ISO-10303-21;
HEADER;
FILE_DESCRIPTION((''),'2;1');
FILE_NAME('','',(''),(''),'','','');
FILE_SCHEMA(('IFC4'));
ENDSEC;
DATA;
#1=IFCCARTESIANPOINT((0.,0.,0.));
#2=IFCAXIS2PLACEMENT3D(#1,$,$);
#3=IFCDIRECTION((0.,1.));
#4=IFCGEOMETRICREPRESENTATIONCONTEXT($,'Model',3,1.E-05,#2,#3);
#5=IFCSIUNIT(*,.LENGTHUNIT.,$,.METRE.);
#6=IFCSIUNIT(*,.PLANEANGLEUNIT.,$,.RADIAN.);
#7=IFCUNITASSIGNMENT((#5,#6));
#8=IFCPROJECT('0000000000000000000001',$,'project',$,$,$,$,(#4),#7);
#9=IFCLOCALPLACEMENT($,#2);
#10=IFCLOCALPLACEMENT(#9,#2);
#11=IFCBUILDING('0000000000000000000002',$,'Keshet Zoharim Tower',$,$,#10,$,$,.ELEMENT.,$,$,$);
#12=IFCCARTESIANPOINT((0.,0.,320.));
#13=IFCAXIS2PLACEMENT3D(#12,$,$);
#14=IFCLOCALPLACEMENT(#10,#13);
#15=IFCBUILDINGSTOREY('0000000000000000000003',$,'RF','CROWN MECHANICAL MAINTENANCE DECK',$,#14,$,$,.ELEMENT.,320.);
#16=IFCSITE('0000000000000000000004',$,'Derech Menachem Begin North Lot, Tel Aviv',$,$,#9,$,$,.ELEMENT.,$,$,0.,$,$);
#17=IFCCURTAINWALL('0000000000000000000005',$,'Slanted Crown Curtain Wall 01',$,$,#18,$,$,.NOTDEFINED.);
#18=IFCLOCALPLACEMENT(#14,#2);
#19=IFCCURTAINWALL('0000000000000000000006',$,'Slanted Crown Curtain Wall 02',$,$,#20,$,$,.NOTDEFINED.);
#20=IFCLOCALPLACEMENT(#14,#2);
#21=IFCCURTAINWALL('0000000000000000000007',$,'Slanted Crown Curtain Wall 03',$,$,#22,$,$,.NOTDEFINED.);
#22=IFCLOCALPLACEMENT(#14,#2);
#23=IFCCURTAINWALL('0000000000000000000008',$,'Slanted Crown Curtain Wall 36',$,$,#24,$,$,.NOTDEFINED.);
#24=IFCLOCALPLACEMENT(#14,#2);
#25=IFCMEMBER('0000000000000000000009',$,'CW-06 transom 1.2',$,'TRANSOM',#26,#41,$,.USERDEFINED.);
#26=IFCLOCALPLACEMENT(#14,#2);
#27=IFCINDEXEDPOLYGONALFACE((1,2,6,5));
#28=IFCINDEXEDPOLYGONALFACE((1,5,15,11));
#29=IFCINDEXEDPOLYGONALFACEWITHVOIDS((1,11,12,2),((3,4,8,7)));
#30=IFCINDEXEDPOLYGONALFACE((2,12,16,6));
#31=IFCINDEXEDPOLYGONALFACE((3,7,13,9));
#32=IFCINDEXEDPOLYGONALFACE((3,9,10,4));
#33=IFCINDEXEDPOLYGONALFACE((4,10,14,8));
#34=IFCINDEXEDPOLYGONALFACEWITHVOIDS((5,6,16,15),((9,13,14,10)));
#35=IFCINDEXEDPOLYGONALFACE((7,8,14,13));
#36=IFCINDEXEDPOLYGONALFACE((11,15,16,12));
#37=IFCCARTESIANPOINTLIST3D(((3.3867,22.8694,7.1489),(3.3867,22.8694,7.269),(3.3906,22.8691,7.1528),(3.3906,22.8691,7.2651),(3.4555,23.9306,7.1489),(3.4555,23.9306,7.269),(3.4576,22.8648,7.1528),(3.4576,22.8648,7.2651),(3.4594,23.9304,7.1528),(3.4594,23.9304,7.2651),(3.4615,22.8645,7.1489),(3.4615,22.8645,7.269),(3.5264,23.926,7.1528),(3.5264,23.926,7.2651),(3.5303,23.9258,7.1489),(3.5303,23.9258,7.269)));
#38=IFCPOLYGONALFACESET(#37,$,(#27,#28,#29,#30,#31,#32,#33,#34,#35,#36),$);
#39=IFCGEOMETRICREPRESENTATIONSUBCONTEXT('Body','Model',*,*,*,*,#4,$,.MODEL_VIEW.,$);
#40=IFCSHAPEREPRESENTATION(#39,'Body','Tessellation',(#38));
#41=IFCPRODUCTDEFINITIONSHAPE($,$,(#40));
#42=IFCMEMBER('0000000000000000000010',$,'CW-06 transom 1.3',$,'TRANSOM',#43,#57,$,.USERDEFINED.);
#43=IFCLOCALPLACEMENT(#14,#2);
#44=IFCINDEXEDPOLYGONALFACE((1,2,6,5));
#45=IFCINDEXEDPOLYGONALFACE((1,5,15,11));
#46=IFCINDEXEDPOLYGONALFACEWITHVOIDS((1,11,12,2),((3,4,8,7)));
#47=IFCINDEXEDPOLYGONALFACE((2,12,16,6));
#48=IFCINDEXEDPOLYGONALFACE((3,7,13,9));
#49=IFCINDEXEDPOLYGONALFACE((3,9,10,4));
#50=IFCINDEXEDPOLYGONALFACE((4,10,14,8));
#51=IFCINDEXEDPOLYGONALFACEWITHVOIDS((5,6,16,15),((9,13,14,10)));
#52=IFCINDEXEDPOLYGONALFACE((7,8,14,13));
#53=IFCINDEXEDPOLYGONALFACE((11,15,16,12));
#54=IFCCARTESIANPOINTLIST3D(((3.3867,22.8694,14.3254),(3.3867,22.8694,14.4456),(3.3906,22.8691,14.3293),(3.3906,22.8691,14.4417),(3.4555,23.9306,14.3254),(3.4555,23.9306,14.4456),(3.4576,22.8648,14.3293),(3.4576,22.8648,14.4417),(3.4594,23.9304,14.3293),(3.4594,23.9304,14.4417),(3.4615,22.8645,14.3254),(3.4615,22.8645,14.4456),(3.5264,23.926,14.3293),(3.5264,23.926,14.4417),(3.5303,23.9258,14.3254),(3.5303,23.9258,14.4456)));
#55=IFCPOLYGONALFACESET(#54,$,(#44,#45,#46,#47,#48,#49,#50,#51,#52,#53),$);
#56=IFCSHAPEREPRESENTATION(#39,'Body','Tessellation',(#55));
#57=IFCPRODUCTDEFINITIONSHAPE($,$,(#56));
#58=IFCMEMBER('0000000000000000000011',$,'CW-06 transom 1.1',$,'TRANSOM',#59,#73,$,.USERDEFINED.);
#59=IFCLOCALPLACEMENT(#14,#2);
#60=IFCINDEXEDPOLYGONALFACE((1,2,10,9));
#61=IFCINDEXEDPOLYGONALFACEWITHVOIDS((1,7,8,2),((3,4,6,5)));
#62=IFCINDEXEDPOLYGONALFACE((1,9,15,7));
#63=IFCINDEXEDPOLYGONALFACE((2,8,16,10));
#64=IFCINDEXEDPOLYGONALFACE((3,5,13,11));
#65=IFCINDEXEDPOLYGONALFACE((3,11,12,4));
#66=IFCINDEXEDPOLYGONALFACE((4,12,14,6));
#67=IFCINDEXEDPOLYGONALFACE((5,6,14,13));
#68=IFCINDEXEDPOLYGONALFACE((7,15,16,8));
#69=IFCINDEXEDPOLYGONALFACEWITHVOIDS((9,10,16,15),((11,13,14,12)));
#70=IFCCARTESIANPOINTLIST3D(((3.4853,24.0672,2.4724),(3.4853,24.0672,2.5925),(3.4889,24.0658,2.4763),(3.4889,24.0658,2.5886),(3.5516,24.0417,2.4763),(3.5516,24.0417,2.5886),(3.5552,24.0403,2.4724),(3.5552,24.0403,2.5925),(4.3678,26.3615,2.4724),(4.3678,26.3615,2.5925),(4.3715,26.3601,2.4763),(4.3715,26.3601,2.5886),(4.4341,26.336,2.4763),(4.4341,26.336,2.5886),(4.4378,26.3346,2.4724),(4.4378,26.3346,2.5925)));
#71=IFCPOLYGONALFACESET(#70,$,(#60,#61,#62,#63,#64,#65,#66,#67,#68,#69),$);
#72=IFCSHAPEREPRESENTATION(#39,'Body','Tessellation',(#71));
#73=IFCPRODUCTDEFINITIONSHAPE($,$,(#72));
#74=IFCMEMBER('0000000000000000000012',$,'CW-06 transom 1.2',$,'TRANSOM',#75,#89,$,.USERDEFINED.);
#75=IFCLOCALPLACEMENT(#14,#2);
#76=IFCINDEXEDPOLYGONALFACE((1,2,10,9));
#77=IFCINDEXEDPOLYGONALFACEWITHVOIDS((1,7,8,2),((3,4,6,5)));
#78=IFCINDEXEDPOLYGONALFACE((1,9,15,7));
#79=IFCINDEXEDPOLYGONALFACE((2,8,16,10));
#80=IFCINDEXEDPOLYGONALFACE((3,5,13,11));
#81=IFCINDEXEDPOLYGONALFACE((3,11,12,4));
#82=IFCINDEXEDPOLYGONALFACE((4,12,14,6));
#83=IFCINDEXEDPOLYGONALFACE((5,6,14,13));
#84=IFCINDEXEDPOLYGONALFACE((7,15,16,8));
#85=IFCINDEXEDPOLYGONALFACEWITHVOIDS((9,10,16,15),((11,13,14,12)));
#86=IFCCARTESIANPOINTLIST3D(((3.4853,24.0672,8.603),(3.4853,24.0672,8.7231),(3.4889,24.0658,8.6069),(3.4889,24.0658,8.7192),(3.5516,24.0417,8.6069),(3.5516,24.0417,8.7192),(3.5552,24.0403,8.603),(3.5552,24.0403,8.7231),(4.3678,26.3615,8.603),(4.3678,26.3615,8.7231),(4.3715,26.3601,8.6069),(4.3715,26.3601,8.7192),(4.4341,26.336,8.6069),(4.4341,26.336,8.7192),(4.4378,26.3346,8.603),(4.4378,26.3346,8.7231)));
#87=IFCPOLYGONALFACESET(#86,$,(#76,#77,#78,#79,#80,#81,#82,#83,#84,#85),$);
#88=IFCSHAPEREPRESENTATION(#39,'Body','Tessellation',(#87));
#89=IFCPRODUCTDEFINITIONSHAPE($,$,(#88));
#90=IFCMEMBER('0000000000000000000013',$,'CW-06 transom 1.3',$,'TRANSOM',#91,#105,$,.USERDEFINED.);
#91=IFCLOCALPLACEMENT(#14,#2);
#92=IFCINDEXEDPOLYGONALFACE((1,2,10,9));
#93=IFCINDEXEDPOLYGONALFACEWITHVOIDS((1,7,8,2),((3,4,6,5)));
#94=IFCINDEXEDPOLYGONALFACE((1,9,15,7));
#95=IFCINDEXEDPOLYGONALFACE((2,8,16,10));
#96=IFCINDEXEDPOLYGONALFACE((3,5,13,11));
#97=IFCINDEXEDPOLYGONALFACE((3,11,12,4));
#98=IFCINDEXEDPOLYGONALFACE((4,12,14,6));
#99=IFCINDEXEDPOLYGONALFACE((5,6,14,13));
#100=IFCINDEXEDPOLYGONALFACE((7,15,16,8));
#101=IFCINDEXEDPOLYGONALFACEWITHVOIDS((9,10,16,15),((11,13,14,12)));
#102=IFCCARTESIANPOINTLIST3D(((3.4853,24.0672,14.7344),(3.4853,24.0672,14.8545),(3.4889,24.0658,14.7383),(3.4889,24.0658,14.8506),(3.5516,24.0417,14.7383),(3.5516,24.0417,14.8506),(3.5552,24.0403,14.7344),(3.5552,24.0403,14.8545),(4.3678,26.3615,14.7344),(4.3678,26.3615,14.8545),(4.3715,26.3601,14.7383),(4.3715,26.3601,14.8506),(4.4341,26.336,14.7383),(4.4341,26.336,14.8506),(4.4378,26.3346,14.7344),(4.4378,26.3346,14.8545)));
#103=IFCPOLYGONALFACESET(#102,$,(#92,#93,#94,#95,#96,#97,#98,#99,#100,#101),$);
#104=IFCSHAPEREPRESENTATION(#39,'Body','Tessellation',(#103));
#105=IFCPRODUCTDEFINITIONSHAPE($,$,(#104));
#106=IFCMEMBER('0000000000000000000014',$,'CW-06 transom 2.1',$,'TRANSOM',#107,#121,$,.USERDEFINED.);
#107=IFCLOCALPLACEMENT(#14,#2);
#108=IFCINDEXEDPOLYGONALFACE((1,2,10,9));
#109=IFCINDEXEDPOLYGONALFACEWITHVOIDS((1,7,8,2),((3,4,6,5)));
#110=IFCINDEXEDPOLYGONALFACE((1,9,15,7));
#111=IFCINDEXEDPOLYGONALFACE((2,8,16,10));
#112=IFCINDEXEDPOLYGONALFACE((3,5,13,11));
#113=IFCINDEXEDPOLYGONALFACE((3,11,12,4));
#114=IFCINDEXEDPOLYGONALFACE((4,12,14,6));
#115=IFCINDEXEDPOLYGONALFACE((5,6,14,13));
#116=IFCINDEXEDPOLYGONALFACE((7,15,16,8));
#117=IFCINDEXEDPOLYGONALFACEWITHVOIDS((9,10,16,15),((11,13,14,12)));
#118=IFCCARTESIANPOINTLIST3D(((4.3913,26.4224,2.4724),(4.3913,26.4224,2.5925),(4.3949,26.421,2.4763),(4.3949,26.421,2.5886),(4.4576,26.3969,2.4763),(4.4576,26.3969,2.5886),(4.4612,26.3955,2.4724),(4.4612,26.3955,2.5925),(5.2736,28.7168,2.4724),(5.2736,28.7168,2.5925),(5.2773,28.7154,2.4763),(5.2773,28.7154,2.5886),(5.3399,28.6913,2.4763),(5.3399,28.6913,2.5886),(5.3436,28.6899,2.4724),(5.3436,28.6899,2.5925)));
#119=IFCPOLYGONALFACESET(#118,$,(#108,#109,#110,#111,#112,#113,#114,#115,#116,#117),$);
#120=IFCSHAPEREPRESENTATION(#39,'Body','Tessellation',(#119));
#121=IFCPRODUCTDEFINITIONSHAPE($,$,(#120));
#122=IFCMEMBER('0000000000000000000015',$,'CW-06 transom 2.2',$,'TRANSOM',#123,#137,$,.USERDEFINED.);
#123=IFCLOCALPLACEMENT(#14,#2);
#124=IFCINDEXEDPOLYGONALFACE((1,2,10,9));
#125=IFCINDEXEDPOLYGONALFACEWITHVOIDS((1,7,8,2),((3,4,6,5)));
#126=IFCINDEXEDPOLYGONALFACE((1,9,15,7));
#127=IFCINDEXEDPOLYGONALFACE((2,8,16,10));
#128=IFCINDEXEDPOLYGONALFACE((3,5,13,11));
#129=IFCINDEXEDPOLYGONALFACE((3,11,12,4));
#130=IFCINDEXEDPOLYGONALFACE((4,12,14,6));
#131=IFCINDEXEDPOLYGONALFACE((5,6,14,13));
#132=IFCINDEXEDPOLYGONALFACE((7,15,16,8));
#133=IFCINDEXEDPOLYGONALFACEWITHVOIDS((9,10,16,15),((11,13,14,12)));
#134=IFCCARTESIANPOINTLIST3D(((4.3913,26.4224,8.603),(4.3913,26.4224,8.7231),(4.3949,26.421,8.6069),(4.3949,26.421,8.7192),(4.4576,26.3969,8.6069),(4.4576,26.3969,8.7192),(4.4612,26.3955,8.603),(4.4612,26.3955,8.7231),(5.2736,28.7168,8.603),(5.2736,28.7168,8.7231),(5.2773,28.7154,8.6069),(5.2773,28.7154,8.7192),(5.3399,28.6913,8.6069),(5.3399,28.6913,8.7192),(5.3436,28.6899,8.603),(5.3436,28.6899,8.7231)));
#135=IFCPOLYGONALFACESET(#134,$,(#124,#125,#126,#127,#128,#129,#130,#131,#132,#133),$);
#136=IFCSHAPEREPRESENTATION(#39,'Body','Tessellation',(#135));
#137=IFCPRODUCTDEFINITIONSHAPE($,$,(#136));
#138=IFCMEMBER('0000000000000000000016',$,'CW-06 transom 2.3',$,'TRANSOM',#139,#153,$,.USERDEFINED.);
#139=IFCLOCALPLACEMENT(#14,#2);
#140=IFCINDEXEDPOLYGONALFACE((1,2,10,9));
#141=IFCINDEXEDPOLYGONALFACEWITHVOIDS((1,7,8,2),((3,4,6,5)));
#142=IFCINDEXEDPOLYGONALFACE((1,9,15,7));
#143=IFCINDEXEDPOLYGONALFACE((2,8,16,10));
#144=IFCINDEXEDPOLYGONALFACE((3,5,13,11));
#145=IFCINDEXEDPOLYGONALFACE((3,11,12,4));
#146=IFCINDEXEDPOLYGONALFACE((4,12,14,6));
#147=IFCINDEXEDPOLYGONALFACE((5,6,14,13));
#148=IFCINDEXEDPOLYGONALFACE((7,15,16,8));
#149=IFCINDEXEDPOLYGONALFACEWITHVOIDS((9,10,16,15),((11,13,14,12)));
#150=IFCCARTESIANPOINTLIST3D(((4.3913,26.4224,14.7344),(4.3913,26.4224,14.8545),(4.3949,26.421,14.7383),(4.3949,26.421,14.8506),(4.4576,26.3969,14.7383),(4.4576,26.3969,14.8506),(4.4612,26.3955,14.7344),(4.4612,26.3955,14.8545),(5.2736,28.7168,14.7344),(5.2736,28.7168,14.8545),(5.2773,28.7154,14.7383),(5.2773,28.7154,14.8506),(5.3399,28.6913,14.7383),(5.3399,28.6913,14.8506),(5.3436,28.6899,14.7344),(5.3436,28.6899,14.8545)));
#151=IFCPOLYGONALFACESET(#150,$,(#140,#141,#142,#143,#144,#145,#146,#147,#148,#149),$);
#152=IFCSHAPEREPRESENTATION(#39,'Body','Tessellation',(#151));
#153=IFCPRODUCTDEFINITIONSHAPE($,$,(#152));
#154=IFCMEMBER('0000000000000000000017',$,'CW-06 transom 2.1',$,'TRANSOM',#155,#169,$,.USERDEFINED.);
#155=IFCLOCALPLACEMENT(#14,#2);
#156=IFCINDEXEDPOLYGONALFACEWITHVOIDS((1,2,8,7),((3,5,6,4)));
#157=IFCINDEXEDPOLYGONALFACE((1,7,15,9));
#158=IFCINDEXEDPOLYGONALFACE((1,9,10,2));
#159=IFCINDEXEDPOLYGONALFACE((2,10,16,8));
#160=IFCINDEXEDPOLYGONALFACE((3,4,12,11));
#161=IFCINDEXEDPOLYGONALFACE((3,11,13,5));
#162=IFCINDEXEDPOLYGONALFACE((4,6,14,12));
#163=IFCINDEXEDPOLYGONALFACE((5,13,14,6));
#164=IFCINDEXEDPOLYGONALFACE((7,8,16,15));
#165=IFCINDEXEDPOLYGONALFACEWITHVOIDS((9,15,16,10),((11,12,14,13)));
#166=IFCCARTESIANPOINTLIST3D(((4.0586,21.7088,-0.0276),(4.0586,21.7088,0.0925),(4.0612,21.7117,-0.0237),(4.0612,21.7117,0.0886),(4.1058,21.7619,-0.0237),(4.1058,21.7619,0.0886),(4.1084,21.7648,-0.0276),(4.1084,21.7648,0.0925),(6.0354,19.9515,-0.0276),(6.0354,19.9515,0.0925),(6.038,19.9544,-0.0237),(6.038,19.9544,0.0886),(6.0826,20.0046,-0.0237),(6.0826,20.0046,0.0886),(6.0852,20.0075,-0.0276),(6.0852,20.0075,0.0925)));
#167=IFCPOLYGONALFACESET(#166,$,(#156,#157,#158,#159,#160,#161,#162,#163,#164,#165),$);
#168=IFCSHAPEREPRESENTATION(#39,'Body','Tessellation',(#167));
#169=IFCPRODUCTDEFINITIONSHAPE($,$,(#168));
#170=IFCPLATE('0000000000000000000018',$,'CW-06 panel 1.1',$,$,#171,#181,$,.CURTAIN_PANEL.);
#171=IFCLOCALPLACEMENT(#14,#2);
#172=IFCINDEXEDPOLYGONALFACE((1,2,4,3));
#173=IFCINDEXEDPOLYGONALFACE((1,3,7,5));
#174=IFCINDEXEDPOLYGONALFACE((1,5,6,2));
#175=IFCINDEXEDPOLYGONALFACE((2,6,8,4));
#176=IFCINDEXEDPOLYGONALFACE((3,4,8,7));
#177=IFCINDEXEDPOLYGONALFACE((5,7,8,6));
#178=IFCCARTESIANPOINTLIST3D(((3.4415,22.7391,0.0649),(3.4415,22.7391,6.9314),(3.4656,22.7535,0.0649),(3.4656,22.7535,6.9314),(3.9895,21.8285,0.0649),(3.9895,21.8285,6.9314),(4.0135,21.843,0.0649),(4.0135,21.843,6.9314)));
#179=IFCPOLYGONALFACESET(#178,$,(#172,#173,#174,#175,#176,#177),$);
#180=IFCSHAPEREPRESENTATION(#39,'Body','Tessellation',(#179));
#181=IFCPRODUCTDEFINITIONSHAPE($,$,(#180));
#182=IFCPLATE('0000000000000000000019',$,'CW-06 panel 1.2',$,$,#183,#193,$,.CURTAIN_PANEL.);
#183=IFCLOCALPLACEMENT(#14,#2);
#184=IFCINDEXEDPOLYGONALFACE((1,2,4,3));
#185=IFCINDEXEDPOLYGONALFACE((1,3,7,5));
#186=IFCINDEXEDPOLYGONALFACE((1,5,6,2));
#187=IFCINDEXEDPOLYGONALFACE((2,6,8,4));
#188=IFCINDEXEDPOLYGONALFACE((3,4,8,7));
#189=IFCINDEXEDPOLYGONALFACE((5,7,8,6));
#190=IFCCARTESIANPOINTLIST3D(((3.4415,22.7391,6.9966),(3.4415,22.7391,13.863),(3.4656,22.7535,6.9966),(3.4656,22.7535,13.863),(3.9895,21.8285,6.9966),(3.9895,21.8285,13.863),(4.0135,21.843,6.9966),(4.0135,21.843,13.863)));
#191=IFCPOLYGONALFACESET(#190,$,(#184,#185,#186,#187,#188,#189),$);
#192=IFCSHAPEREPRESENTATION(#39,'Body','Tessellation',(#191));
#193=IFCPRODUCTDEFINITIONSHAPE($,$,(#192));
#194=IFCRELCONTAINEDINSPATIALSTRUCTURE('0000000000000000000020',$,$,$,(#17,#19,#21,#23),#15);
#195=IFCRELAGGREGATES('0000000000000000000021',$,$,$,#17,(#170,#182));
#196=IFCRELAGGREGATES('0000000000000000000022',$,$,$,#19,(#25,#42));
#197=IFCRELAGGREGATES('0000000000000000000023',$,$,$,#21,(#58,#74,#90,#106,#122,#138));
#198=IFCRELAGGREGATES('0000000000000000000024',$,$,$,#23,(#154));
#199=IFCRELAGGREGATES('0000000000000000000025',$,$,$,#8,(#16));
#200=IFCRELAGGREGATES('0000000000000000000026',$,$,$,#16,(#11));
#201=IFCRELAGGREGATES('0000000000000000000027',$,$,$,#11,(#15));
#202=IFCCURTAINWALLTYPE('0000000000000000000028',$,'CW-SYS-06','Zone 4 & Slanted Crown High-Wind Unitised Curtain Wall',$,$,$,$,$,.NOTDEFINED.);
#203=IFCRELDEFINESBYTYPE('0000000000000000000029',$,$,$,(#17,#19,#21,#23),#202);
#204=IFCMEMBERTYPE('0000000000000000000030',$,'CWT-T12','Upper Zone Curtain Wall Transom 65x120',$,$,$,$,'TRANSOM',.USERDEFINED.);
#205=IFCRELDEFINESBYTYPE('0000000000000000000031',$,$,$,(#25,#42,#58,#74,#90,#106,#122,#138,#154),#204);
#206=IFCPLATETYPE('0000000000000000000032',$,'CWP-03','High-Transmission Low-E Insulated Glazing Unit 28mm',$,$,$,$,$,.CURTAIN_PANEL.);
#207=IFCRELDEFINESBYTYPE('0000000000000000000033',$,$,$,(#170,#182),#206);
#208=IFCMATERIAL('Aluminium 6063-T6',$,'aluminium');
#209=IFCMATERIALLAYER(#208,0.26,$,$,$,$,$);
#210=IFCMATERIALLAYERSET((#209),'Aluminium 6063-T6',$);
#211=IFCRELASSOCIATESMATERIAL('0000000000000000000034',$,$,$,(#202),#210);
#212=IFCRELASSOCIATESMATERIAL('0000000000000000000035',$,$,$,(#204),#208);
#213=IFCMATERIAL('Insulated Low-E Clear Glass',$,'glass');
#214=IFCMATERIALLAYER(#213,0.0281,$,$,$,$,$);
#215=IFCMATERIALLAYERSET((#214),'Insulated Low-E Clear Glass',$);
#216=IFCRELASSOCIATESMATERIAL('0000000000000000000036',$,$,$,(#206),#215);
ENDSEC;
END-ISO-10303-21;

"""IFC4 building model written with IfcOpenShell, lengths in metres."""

from ifc_helpers import new_model, si_unit, direction, frame, origin, origin_2d, place, context, subcontext, project, spatial, rectangle, hollow_rectangle, extrude, material, layer, layer_set, material_profile, profile_set, type_object, element, aggregate, save


model = new_model("IFC4")

# Units and contexts
model_context = context("Model", 3, precision=1e-05, world=origin(), true_north=direction((0.0, 1.0)))
body_context = subcontext(model_context, "Body", "Model", "MODEL_VIEW")
ifc_project = project(units=[si_unit("LENGTHUNIT", "METRE"), si_unit("PLANEANGLEUNIT", "RADIAN")], contexts=[model_context])

# Site, building, storey
site_placement = place(None, origin())
site = spatial("IfcSite", under=ifc_project, at=site_placement, Name="Derech Menachem Begin North Lot, Tel Aviv", CompositionType="ELEMENT", RefElevation=0.0)
building_placement = place(site_placement, origin())
building = spatial("IfcBuilding", under=site, at=building_placement, Name="Keshet Zoharim Tower", CompositionType="ELEMENT")
storey_placement = place(building_placement, frame((0.0, 0.0, 320.0)))
storey = spatial("IfcBuildingStorey", under=building, at=storey_placement, Name="RF", Description="CROWN MECHANICAL MAINTENANCE DECK", CompositionType="ELEMENT", Elevation=320.0)

# Curtain walls
ifc_material_1 = material(Name="Aluminium 6063-T6", Category="aluminium")
ifc_layer_1 = layer(ifc_material_1, 0.26)
ifc_layer_set_1 = layer_set([ifc_layer_1], Name="Aluminium 6063-T6")
curtain_wall_type = type_object("IfcCurtainWallType", Name="CW-SYS-06", Description="Zone 4 & Slanted Crown High-Wind Unitised Curtain Wall", PredefinedType="NOTDEFINED", material=ifc_layer_set_1)
curtain_wall_1_placement = place(storey_placement, origin())
curtain_wall_1 = element("IfcCurtainWall", 1, at=curtain_wall_1_placement, inside=storey, type_object=curtain_wall_type, Name="Slanted Crown Curtain Wall 01", PredefinedType="NOTDEFINED")
curtain_wall_2_placement = place(storey_placement, origin())
curtain_wall_2 = element("IfcCurtainWall", 2, at=curtain_wall_2_placement, inside=storey, type_object=curtain_wall_type, Name="Slanted Crown Curtain Wall 02", PredefinedType="NOTDEFINED")
curtain_wall_3_placement = place(storey_placement, origin())
curtain_wall_3 = element("IfcCurtainWall", 3, at=curtain_wall_3_placement, inside=storey, type_object=curtain_wall_type, Name="Slanted Crown Curtain Wall 03", PredefinedType="NOTDEFINED")

# Curtain wall
curtain_wall_4_placement = place(storey_placement, origin())
curtain_wall_4 = element("IfcCurtainWall", 4, at=curtain_wall_4_placement, inside=storey, type_object=curtain_wall_type, Name="Slanted Crown Curtain Wall 36", PredefinedType="NOTDEFINED")

# Members
ifc_material_profile_1 = material_profile(ifc_material_1, hollow_rectangle(XDim=0.075, YDim=0.1201, WallThickness=0.0039, at=origin_2d()), Name="TRN-75x120")
ifc_profile_set_1 = profile_set([ifc_material_profile_1], Name="Aluminium 6063-T6")
member_type_1 = type_object("IfcMemberType", Name="CWT-T12", Description="Upper Zone Curtain Wall Transom 65x120", ElementType="TRANSOM", PredefinedType="USERDEFINED", material=ifc_profile_set_1)
member_1_placement = place(storey_placement, frame((3.4241, 22.8669, 7.209), z_axis=(0.064736, 0.997902, 0.0), x_axis=(-0.997902, 0.064736, 0.0)))
member_1 = element("IfcMember", 5, at=member_1_placement, type_object=member_type_1, Name="CW-06 transom 1.2", ObjectType="TRANSOM", PredefinedType="USERDEFINED", context=body_context, shape_type="SweptSolid", body=[
    extrude(hollow_rectangle(XDim=0.075, YDim=0.1201, WallThickness=0.0039, at=origin_2d()), origin(), (0.0, 0.0, 1.0), 1.0635),
])
member_2_placement = place(storey_placement, frame((3.4241, 22.8669, 14.3855), z_axis=(0.064736, 0.997902, 0.0), x_axis=(-0.997902, 0.064736, 0.0)))
member_2 = element("IfcMember", 6, at=member_2_placement, type_object=member_type_1, Name="CW-06 transom 1.3", ObjectType="TRANSOM", PredefinedType="USERDEFINED", context=body_context, shape_type="SweptSolid", body=[
    extrude(hollow_rectangle(XDim=0.075, YDim=0.1201, WallThickness=0.0039, at=origin_2d()), origin(), (0.0, 0.0, 1.0), 1.0635),
])
member_3_placement = place(storey_placement, frame((3.5203, 24.0537, 2.5325), z_axis=(0.359012, 0.933333, 0.0), x_axis=(-0.933333, 0.359012, 0.0)))
member_3 = element("IfcMember", 7, at=member_3_placement, type_object=member_type_1, Name="CW-06 transom 1.1", ObjectType="TRANSOM", PredefinedType="USERDEFINED", context=body_context, shape_type="SweptSolid", body=[
    extrude(hollow_rectangle(XDim=0.075, YDim=0.1201, WallThickness=0.0039, at=origin_2d()), origin(), (0.0, 0.0, 1.0), 2.4583),
])
member_4_placement = place(storey_placement, frame((3.5203, 24.0537, 8.6631), z_axis=(0.359012, 0.933333, 0.0), x_axis=(-0.933333, 0.359012, 0.0)))
member_4 = element("IfcMember", 8, at=member_4_placement, type_object=member_type_1, Name="CW-06 transom 1.2", ObjectType="TRANSOM", PredefinedType="USERDEFINED", context=body_context, shape_type="SweptSolid", body=[
    extrude(hollow_rectangle(XDim=0.075, YDim=0.1201, WallThickness=0.0039, at=origin_2d()), origin(), (0.0, 0.0, 1.0), 2.4583),
])
member_5_placement = place(storey_placement, frame((3.5203, 24.0537, 14.7944), z_axis=(0.359012, 0.933333, 0.0), x_axis=(-0.933333, 0.359012, 0.0)))
member_5 = element("IfcMember", 9, at=member_5_placement, type_object=member_type_1, Name="CW-06 transom 1.3", ObjectType="TRANSOM", PredefinedType="USERDEFINED", context=body_context, shape_type="SweptSolid", body=[
    extrude(hollow_rectangle(XDim=0.075, YDim=0.1201, WallThickness=0.0039, at=origin_2d()), origin(), (0.0, 0.0, 1.0), 2.4583),
])
member_6_placement = place(storey_placement, frame((4.4263, 26.4089, 2.5325), z_axis=(0.358926, 0.933366, 0.0), x_axis=(-0.933366, 0.358926, 0.0)))
member_6 = element("IfcMember", 10, at=member_6_placement, type_object=member_type_1, Name="CW-06 transom 2.1", ObjectType="TRANSOM", PredefinedType="USERDEFINED", context=body_context, shape_type="SweptSolid", body=[
    extrude(hollow_rectangle(XDim=0.075, YDim=0.1201, WallThickness=0.0039, at=origin_2d()), origin(), (0.0, 0.0, 1.0), 2.4583),
])
member_7_placement = place(storey_placement, frame((4.4263, 26.4089, 8.6631), z_axis=(0.358926, 0.933366, 0.0), x_axis=(-0.933366, 0.358926, 0.0)))
member_7 = element("IfcMember", 11, at=member_7_placement, type_object=member_type_1, Name="CW-06 transom 2.2", ObjectType="TRANSOM", PredefinedType="USERDEFINED", context=body_context, shape_type="SweptSolid", body=[
    extrude(hollow_rectangle(XDim=0.075, YDim=0.1201, WallThickness=0.0039, at=origin_2d()), origin(), (0.0, 0.0, 1.0), 2.4583),
])
member_8_placement = place(storey_placement, frame((4.4263, 26.4089, 14.7944), z_axis=(0.358926, 0.933366, 0.0), x_axis=(-0.933366, 0.358926, 0.0)))
member_8 = element("IfcMember", 12, at=member_8_placement, type_object=member_type_1, Name="CW-06 transom 2.3", ObjectType="TRANSOM", PredefinedType="USERDEFINED", context=body_context, shape_type="SweptSolid", body=[
    extrude(hollow_rectangle(XDim=0.075, YDim=0.1201, WallThickness=0.0039, at=origin_2d()), origin(), (0.0, 0.0, 1.0), 2.4583),
])
member_9_placement = place(storey_placement, frame((6.0603, 19.9795, 0.0325), z_axis=(-0.747379, 0.664398, 0.0), x_axis=(-0.664398, -0.747379, 0.0)))
member_9 = element("IfcMember", 13, at=member_9_placement, type_object=member_type_1, Name="CW-06 transom 2.1", ObjectType="TRANSOM", PredefinedType="USERDEFINED", context=body_context, shape_type="SweptSolid", body=[
    extrude(hollow_rectangle(XDim=0.075, YDim=0.1201, WallThickness=0.0039, at=origin_2d()), origin(), (0.0, 0.0, 1.0), 2.645),
])

# Plates
ifc_material_2 = material(Name="Insulated Low-E Clear Glass", Category="glass")
ifc_layer_2 = layer(ifc_material_2, 0.0281)
ifc_layer_set_2 = layer_set([ifc_layer_2], Name="Insulated Low-E Clear Glass")
plate_type = type_object("IfcPlateType", Name="CWP-03", Description="High-Transmission Low-E Insulated Glazing Unit 28mm", PredefinedType="CURTAIN_PANEL", material=ifc_layer_set_2)
plate_1_placement = place(storey_placement, frame((3.7275, 22.291, 0.0649), z_axis=(0.0, 0.0, 1.0), x_axis=(-0.515605, 0.856826, 0.0)))
plate_1 = element("IfcPlate", 14, at=plate_1_placement, type_object=plate_type, Name="CW-06 panel 1.1", PredefinedType="CURTAIN_PANEL", context=body_context, shape_type="SweptSolid", body=[
    extrude(rectangle(XDim=1.0627, YDim=0.0281, at=origin_2d()), origin(), (0.0, 0.0, 1.0), 6.8665),
])
plate_2_placement = place(storey_placement, frame((3.7275, 22.291, 6.9966), z_axis=(0.0, 0.0, 1.0), x_axis=(-0.515605, 0.856826, 0.0)))
plate_2 = element("IfcPlate", 15, at=plate_2_placement, type_object=plate_type, Name="CW-06 panel 1.2", PredefinedType="CURTAIN_PANEL", context=body_context, shape_type="SweptSolid", body=[
    extrude(rectangle(XDim=1.0627, YDim=0.0281, at=origin_2d()), origin(), (0.0, 0.0, 1.0), 6.8665),
])
aggregate(curtain_wall_1, [plate_1, plate_2])
aggregate(curtain_wall_2, [member_1, member_2])
aggregate(curtain_wall_3, [member_3, member_4, member_5, member_6, member_7, member_8])
aggregate(curtain_wall_4, [member_9])

save(model, "model.ifc")
